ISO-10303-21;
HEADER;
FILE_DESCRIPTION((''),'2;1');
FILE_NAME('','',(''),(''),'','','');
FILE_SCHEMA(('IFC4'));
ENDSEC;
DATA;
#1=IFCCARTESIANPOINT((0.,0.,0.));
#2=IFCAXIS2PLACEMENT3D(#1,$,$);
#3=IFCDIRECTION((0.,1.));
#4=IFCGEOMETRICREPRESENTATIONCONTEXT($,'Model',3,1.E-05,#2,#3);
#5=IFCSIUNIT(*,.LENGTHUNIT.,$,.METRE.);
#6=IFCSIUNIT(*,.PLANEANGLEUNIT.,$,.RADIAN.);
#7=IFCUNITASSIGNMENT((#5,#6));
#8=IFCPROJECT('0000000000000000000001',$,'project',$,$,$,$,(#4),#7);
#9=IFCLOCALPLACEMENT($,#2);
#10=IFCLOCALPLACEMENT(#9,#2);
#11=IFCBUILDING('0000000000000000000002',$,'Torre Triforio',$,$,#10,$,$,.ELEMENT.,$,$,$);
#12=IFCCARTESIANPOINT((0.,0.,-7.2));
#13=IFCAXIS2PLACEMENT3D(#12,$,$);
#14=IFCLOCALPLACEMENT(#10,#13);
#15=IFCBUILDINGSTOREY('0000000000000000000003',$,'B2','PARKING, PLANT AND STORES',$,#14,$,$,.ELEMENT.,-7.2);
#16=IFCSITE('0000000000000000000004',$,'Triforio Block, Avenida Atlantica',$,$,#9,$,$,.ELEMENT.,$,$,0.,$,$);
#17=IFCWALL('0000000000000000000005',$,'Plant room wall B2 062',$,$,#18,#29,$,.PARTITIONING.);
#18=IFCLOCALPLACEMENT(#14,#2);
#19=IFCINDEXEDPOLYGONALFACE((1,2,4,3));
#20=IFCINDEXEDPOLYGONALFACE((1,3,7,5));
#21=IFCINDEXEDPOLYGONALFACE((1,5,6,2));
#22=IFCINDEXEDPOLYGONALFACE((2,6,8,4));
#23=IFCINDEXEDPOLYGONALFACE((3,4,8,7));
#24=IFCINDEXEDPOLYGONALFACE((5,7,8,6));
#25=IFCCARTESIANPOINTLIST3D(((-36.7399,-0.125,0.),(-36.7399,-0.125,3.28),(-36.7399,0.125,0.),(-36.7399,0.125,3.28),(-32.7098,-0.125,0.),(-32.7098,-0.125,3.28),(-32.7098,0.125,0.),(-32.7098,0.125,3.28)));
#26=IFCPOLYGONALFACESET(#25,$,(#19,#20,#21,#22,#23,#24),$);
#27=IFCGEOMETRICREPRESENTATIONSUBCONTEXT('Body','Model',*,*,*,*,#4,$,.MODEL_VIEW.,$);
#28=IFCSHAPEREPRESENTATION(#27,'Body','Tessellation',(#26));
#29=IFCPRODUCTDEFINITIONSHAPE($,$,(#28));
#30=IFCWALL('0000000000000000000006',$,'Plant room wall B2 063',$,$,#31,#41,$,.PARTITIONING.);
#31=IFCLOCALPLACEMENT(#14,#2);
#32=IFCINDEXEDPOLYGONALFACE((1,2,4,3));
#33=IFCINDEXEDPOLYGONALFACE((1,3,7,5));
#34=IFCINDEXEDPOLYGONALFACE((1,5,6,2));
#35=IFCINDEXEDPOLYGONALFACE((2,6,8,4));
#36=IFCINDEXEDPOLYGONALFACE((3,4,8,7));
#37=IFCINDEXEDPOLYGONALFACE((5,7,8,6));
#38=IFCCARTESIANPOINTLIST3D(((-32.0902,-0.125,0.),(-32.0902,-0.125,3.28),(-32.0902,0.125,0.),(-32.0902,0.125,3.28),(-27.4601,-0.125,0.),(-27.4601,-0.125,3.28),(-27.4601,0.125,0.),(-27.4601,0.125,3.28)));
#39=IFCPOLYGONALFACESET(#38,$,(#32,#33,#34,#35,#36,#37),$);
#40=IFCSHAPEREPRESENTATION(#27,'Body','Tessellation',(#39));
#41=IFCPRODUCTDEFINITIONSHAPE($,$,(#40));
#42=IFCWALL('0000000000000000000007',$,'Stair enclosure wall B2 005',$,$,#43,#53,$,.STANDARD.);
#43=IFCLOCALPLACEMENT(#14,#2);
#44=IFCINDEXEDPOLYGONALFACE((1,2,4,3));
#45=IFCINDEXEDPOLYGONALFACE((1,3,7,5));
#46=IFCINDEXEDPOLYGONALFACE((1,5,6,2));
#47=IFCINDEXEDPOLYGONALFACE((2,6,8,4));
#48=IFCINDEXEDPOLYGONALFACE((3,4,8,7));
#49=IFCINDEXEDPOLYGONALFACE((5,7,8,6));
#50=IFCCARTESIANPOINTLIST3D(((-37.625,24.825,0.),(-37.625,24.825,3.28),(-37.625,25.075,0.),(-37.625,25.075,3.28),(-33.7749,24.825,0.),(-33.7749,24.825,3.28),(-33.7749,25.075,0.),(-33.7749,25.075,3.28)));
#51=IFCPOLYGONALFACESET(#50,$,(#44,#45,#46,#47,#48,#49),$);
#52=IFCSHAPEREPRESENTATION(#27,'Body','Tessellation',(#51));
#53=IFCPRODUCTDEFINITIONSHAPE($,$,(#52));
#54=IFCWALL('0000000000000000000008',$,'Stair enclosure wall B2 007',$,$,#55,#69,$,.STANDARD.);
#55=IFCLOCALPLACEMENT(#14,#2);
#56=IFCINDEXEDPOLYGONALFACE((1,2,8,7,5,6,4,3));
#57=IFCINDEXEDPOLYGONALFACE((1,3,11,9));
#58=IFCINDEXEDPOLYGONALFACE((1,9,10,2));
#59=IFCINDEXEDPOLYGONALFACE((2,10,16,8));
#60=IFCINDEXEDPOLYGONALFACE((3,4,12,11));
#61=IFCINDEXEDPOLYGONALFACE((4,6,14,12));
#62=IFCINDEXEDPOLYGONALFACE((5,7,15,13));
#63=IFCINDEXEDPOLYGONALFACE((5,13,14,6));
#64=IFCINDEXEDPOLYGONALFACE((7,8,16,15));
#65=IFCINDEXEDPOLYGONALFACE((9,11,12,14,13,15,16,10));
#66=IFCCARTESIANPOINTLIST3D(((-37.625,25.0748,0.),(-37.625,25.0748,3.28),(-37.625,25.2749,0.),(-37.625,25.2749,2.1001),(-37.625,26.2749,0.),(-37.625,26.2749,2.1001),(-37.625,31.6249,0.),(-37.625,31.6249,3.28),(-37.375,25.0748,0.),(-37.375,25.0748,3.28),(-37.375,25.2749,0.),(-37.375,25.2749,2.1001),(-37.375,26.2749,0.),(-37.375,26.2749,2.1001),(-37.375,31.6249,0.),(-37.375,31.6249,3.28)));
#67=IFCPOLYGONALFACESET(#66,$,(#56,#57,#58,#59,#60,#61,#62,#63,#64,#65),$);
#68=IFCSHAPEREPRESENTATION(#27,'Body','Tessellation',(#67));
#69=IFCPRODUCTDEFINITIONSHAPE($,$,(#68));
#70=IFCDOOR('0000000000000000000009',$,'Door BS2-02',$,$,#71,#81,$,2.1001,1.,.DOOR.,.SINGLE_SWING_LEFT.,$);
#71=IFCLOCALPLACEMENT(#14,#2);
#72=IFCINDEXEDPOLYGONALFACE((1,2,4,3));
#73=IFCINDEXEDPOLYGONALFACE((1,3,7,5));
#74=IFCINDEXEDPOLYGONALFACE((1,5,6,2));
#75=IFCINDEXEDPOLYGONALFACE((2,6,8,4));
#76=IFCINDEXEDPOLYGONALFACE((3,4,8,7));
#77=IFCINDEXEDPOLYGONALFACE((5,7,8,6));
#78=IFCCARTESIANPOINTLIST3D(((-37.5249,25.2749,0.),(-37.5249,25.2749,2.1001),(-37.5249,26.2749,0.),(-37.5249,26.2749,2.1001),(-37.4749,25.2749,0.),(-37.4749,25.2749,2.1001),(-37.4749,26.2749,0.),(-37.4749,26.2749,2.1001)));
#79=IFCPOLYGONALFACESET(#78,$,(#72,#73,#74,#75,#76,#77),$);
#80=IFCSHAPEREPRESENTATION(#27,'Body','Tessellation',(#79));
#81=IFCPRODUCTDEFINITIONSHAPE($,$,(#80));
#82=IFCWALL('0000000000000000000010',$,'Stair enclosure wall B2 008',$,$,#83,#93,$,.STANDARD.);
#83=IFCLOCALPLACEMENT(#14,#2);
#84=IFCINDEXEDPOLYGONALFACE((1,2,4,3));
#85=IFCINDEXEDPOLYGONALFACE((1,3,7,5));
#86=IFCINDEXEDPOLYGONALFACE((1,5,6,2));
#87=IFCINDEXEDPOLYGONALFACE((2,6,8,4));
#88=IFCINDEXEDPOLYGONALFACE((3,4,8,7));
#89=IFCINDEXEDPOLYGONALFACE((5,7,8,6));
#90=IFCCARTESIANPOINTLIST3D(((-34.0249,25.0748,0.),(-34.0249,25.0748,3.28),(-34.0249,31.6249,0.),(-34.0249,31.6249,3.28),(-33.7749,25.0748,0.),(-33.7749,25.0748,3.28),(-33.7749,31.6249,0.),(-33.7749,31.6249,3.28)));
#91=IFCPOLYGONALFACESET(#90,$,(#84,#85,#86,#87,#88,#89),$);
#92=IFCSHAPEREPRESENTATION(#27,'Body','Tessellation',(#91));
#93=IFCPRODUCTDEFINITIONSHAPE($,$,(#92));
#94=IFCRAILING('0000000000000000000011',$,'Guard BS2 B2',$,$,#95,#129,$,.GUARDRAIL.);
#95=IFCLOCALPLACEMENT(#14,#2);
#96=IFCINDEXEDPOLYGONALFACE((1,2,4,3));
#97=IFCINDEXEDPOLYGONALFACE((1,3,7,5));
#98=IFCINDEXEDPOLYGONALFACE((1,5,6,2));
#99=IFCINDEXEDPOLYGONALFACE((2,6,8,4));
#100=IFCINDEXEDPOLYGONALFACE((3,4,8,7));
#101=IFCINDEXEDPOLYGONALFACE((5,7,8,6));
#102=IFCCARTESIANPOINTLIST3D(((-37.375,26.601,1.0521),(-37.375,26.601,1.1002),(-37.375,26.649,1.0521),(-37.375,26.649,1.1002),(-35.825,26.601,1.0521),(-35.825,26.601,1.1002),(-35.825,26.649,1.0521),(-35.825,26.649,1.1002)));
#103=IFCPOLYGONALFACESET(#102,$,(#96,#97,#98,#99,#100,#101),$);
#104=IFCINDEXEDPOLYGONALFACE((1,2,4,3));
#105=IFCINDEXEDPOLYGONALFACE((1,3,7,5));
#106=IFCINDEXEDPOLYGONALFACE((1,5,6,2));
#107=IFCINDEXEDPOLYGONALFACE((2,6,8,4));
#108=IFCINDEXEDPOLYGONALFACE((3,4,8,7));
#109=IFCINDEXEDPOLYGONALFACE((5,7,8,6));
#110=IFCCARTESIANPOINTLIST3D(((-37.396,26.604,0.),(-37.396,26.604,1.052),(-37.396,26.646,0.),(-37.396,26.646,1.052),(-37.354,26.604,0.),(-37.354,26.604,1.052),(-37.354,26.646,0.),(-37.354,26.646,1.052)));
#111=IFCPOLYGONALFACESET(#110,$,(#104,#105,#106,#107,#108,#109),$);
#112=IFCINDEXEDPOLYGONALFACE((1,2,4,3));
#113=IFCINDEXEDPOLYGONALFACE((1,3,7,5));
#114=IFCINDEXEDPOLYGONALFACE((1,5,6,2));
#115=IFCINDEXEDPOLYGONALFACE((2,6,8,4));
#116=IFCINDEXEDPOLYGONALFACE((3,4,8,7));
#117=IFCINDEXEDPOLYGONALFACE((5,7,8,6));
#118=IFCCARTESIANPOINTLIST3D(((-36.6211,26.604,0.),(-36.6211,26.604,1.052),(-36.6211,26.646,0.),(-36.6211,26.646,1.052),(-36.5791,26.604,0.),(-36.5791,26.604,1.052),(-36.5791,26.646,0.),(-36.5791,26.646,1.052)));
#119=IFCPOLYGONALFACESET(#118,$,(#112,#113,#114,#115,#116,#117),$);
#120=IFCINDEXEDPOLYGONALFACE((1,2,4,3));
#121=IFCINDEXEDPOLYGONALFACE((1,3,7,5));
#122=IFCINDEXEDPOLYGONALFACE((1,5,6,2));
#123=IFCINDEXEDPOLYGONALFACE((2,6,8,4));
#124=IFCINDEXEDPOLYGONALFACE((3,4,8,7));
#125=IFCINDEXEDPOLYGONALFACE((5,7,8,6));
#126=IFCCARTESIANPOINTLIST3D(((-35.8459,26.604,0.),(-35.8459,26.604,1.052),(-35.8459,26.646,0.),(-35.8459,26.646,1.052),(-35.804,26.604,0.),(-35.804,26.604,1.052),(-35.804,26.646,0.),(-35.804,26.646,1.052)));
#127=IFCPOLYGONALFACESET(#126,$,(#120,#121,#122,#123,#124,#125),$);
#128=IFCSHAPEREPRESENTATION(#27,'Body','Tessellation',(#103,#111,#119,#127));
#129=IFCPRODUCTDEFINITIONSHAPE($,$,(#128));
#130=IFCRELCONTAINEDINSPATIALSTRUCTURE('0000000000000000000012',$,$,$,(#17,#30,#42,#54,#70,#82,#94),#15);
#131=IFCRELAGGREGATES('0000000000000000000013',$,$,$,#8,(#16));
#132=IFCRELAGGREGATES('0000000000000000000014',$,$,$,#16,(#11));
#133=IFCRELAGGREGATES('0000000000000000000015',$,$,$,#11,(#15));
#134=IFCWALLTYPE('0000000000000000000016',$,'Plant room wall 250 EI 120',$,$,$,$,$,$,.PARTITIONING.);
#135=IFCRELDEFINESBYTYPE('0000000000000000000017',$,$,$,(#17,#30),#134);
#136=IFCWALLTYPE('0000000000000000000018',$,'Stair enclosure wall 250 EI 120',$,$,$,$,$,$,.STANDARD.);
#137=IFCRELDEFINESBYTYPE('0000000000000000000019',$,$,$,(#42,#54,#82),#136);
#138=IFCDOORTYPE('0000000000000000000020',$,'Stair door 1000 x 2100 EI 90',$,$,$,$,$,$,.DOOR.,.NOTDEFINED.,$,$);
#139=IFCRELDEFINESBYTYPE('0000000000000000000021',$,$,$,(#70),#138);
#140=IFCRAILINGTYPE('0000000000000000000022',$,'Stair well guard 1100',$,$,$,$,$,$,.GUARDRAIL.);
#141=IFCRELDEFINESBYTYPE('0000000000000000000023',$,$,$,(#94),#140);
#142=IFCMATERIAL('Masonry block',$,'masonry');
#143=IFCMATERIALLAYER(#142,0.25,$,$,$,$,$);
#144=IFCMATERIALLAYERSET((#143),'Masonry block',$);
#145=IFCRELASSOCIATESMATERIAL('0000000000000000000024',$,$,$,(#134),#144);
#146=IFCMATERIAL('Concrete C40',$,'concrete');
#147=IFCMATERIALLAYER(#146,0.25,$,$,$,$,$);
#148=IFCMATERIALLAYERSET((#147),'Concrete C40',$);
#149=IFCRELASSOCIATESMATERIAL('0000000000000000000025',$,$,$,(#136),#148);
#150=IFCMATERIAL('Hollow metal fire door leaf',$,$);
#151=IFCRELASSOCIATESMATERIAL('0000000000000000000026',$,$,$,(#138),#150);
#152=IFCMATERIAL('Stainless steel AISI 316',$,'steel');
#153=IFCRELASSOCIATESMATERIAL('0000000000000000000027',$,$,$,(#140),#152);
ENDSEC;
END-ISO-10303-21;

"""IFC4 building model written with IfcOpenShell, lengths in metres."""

from ifc_helpers import new_model, si_unit, direction, frame, frame_2d, origin, origin_2d, place, context, subcontext, project, spatial, rectangle, extrude, material, layer, layer_set, type_object, element, fill, save


model = new_model("IFC4")

# Units and contexts
model_context = context("Model", 3, precision=1e-05, world=origin(), true_north=direction((0.0, 1.0)))
body_context = subcontext(model_context, "Body", "Model", "MODEL_VIEW")
ifc_project = project(units=[si_unit("LENGTHUNIT", "METRE"), si_unit("PLANEANGLEUNIT", "RADIAN")], contexts=[model_context])

# Site, building, storey
site_placement = place(None, origin())
site = spatial("IfcSite", under=ifc_project, at=site_placement, Name="Triforio Block, Avenida Atlantica", CompositionType="ELEMENT", RefElevation=0.0)
building_placement = place(site_placement, origin())
building = spatial("IfcBuilding", under=site, at=building_placement, Name="Torre Triforio", CompositionType="ELEMENT")
storey_placement = place(building_placement, frame((0.0, 0.0, -7.2)))
storey = spatial("IfcBuildingStorey", under=building, at=storey_placement, Name="B2", Description="PARKING, PLANT AND STORES", CompositionType="ELEMENT", Elevation=-7.2)

# Walls
ifc_material_1 = material(Name="Masonry block", Category="masonry")
ifc_layer_1 = layer(ifc_material_1, 0.25)
ifc_layer_set_1 = layer_set([ifc_layer_1], Name="Masonry block")
wall_type_1 = type_object("IfcWallType", Name="Plant room wall 250 EI 120", PredefinedType="PARTITIONING", material=ifc_layer_set_1)
wall_1_placement = place(storey_placement, frame((-36.74, 0.0, 0.0), z_axis=(0.0, 0.0, 1.0), x_axis=(1.0, 0.0, 0.0)))
element("IfcWall", 1, at=wall_1_placement, inside=storey, type_object=wall_type_1, Name="Plant room wall B2 062", PredefinedType="PARTITIONING", context=body_context, shape_type="SweptSolid", body=[
    extrude(rectangle(XDim=4.03, YDim=0.25, at=frame_2d((2.0151, 0.0))), origin(), (0.0, 0.0, 1.0), 3.28),
])
wall_2_placement = place(storey_placement, frame((-32.0901, 0.0, 0.0), z_axis=(0.0, 0.0, 1.0), x_axis=(1.0, 0.0, 0.0)))
element("IfcWall", 2, at=wall_2_placement, inside=storey, type_object=wall_type_1, Name="Plant room wall B2 063", PredefinedType="PARTITIONING", context=body_context, shape_type="SweptSolid", body=[
    extrude(rectangle(XDim=4.6301, YDim=0.25, at=frame_2d((2.3149, 0.0))), origin(), (0.0, 0.0, 1.0), 3.28),
])
ifc_material_2 = material(Name="Concrete C40", Category="concrete")
ifc_layer_2 = layer(ifc_material_2, 0.25)
ifc_layer_set_2 = layer_set([ifc_layer_2], Name="Concrete C40")
wall_type_2 = type_object("IfcWallType", Name="Stair enclosure wall 250 EI 120", PredefinedType="STANDARD", material=ifc_layer_set_2)
wall_3_placement = place(storey_placement, frame((-37.625, 24.95, 0.0), z_axis=(0.0, 0.0, 1.0), x_axis=(1.0, 0.0, 0.0)))
element("IfcWall", 3, at=wall_3_placement, inside=storey, type_object=wall_type_2, Name="Stair enclosure wall B2 005", PredefinedType="STANDARD", context=body_context, shape_type="SweptSolid", body=[
    extrude(rectangle(XDim=3.8501, YDim=0.25, at=frame_2d((1.925, 0.0))), origin(), (0.0, 0.0, 1.0), 3.28),
])

# Wall, opening, door
wall_4_placement = place(storey_placement, frame((-37.5, 25.075, 0.0), z_axis=(0.0, 0.0, 1.0), x_axis=(0.0, 1.0, 0.0)))
wall_4 = element("IfcWall", 4, at=wall_4_placement, inside=storey, type_object=wall_type_2, Name="Stair enclosure wall B2 007", PredefinedType="STANDARD", context=body_context, shape_type="SweptSolid", body=[
    extrude(rectangle(XDim=6.55, YDim=0.25, at=frame_2d((3.2749, 0.0))), origin(), (0.0, 0.0, 1.0), 3.28),
])
opening_placement = place(wall_4_placement, frame((0.2, 0.0, 0.0)))
opening = element("IfcOpeningElement", 5, at=opening_placement, cuts=wall_4, PredefinedType="OPENING", context=body_context, shape_type="SweptSolid", body=[
    extrude(rectangle(XDim=1.0, YDim=2.1001, at=frame_2d((0.5, 1.05))), frame((0.0, 0.135, 0.0), z_axis=(0.0, -1.0, 0.0), x_axis=(1.0, 0.0, 0.0)), (0.0, 0.0, 1.0), 0.27),
])
ifc_material_3 = material(Name="Hollow metal fire door leaf")
door_type = type_object("IfcDoorType", Name="Stair door 1000 x 2100 EI 90", OperationType="NOTDEFINED", PredefinedType="DOOR", material=ifc_material_3)
door_placement = place(opening_placement, origin())
door = element("IfcDoor", 6, at=door_placement, inside=storey, type_object=door_type, Name="Door BS2-02", OperationType="SINGLE_SWING_LEFT", OverallHeight=2.1001, OverallWidth=1.0, PredefinedType="DOOR", context=body_context, shape_type="SweptSolid", body=[
    extrude(rectangle(XDim=1.0, YDim=2.1001, at=frame_2d((0.5, 1.05))), frame((0.0, 0.0249, 0.0), z_axis=(0.0, -1.0, 0.0), x_axis=(1.0, 0.0, 0.0)), (0.0, 0.0, 1.0), 0.05),
])
fill(opening, door)

# Wall
wall_5_placement = place(storey_placement, frame((-33.8999, 25.075, 0.0), z_axis=(0.0, 0.0, 1.0), x_axis=(0.0, 1.0, 0.0)))
element("IfcWall", 7, at=wall_5_placement, inside=storey, type_object=wall_type_2, Name="Stair enclosure wall B2 008", PredefinedType="STANDARD", context=body_context, shape_type="SweptSolid", body=[
    extrude(rectangle(XDim=6.55, YDim=0.25, at=frame_2d((3.2749, 0.0))), origin(), (0.0, 0.0, 1.0), 3.28),
])

# Railing
ifc_material_4 = material(Name="Stainless steel AISI 316", Category="steel")
railing_type = type_object("IfcRailingType", Name="Stair well guard 1100", PredefinedType="GUARDRAIL", material=ifc_material_4)
railing_placement = place(storey_placement, frame((-37.375, 26.625, 0.0)))
element("IfcRailing", 8, at=railing_placement, inside=storey, type_object=railing_type, Name="Guard BS2 B2", PredefinedType="GUARDRAIL", context=body_context, shape_type="SweptSolid", body=[
    extrude(rectangle(XDim=0.0481, YDim=0.0481, at=origin_2d()), frame((0.0, 0.0, 1.0762), z_axis=(1.0, 0.0, 0.0), x_axis=(0.0, 1.0, 0.0)), (0.0, 0.0, 1.0), 1.55),
    extrude(rectangle(XDim=0.042, YDim=0.042, at=origin_2d()), origin(), (0.0, 0.0, 1.0), 1.052),
    extrude(rectangle(XDim=0.042, YDim=0.042, at=origin_2d()), frame((0.7749, 0.0, 0.0)), (0.0, 0.0, 1.0), 1.052),
    extrude(rectangle(XDim=0.042, YDim=0.042, at=origin_2d()), frame((1.55, 0.0, 0.0)), (0.0, 0.0, 1.0), 1.052),
])

save(model, "model.ifc")
